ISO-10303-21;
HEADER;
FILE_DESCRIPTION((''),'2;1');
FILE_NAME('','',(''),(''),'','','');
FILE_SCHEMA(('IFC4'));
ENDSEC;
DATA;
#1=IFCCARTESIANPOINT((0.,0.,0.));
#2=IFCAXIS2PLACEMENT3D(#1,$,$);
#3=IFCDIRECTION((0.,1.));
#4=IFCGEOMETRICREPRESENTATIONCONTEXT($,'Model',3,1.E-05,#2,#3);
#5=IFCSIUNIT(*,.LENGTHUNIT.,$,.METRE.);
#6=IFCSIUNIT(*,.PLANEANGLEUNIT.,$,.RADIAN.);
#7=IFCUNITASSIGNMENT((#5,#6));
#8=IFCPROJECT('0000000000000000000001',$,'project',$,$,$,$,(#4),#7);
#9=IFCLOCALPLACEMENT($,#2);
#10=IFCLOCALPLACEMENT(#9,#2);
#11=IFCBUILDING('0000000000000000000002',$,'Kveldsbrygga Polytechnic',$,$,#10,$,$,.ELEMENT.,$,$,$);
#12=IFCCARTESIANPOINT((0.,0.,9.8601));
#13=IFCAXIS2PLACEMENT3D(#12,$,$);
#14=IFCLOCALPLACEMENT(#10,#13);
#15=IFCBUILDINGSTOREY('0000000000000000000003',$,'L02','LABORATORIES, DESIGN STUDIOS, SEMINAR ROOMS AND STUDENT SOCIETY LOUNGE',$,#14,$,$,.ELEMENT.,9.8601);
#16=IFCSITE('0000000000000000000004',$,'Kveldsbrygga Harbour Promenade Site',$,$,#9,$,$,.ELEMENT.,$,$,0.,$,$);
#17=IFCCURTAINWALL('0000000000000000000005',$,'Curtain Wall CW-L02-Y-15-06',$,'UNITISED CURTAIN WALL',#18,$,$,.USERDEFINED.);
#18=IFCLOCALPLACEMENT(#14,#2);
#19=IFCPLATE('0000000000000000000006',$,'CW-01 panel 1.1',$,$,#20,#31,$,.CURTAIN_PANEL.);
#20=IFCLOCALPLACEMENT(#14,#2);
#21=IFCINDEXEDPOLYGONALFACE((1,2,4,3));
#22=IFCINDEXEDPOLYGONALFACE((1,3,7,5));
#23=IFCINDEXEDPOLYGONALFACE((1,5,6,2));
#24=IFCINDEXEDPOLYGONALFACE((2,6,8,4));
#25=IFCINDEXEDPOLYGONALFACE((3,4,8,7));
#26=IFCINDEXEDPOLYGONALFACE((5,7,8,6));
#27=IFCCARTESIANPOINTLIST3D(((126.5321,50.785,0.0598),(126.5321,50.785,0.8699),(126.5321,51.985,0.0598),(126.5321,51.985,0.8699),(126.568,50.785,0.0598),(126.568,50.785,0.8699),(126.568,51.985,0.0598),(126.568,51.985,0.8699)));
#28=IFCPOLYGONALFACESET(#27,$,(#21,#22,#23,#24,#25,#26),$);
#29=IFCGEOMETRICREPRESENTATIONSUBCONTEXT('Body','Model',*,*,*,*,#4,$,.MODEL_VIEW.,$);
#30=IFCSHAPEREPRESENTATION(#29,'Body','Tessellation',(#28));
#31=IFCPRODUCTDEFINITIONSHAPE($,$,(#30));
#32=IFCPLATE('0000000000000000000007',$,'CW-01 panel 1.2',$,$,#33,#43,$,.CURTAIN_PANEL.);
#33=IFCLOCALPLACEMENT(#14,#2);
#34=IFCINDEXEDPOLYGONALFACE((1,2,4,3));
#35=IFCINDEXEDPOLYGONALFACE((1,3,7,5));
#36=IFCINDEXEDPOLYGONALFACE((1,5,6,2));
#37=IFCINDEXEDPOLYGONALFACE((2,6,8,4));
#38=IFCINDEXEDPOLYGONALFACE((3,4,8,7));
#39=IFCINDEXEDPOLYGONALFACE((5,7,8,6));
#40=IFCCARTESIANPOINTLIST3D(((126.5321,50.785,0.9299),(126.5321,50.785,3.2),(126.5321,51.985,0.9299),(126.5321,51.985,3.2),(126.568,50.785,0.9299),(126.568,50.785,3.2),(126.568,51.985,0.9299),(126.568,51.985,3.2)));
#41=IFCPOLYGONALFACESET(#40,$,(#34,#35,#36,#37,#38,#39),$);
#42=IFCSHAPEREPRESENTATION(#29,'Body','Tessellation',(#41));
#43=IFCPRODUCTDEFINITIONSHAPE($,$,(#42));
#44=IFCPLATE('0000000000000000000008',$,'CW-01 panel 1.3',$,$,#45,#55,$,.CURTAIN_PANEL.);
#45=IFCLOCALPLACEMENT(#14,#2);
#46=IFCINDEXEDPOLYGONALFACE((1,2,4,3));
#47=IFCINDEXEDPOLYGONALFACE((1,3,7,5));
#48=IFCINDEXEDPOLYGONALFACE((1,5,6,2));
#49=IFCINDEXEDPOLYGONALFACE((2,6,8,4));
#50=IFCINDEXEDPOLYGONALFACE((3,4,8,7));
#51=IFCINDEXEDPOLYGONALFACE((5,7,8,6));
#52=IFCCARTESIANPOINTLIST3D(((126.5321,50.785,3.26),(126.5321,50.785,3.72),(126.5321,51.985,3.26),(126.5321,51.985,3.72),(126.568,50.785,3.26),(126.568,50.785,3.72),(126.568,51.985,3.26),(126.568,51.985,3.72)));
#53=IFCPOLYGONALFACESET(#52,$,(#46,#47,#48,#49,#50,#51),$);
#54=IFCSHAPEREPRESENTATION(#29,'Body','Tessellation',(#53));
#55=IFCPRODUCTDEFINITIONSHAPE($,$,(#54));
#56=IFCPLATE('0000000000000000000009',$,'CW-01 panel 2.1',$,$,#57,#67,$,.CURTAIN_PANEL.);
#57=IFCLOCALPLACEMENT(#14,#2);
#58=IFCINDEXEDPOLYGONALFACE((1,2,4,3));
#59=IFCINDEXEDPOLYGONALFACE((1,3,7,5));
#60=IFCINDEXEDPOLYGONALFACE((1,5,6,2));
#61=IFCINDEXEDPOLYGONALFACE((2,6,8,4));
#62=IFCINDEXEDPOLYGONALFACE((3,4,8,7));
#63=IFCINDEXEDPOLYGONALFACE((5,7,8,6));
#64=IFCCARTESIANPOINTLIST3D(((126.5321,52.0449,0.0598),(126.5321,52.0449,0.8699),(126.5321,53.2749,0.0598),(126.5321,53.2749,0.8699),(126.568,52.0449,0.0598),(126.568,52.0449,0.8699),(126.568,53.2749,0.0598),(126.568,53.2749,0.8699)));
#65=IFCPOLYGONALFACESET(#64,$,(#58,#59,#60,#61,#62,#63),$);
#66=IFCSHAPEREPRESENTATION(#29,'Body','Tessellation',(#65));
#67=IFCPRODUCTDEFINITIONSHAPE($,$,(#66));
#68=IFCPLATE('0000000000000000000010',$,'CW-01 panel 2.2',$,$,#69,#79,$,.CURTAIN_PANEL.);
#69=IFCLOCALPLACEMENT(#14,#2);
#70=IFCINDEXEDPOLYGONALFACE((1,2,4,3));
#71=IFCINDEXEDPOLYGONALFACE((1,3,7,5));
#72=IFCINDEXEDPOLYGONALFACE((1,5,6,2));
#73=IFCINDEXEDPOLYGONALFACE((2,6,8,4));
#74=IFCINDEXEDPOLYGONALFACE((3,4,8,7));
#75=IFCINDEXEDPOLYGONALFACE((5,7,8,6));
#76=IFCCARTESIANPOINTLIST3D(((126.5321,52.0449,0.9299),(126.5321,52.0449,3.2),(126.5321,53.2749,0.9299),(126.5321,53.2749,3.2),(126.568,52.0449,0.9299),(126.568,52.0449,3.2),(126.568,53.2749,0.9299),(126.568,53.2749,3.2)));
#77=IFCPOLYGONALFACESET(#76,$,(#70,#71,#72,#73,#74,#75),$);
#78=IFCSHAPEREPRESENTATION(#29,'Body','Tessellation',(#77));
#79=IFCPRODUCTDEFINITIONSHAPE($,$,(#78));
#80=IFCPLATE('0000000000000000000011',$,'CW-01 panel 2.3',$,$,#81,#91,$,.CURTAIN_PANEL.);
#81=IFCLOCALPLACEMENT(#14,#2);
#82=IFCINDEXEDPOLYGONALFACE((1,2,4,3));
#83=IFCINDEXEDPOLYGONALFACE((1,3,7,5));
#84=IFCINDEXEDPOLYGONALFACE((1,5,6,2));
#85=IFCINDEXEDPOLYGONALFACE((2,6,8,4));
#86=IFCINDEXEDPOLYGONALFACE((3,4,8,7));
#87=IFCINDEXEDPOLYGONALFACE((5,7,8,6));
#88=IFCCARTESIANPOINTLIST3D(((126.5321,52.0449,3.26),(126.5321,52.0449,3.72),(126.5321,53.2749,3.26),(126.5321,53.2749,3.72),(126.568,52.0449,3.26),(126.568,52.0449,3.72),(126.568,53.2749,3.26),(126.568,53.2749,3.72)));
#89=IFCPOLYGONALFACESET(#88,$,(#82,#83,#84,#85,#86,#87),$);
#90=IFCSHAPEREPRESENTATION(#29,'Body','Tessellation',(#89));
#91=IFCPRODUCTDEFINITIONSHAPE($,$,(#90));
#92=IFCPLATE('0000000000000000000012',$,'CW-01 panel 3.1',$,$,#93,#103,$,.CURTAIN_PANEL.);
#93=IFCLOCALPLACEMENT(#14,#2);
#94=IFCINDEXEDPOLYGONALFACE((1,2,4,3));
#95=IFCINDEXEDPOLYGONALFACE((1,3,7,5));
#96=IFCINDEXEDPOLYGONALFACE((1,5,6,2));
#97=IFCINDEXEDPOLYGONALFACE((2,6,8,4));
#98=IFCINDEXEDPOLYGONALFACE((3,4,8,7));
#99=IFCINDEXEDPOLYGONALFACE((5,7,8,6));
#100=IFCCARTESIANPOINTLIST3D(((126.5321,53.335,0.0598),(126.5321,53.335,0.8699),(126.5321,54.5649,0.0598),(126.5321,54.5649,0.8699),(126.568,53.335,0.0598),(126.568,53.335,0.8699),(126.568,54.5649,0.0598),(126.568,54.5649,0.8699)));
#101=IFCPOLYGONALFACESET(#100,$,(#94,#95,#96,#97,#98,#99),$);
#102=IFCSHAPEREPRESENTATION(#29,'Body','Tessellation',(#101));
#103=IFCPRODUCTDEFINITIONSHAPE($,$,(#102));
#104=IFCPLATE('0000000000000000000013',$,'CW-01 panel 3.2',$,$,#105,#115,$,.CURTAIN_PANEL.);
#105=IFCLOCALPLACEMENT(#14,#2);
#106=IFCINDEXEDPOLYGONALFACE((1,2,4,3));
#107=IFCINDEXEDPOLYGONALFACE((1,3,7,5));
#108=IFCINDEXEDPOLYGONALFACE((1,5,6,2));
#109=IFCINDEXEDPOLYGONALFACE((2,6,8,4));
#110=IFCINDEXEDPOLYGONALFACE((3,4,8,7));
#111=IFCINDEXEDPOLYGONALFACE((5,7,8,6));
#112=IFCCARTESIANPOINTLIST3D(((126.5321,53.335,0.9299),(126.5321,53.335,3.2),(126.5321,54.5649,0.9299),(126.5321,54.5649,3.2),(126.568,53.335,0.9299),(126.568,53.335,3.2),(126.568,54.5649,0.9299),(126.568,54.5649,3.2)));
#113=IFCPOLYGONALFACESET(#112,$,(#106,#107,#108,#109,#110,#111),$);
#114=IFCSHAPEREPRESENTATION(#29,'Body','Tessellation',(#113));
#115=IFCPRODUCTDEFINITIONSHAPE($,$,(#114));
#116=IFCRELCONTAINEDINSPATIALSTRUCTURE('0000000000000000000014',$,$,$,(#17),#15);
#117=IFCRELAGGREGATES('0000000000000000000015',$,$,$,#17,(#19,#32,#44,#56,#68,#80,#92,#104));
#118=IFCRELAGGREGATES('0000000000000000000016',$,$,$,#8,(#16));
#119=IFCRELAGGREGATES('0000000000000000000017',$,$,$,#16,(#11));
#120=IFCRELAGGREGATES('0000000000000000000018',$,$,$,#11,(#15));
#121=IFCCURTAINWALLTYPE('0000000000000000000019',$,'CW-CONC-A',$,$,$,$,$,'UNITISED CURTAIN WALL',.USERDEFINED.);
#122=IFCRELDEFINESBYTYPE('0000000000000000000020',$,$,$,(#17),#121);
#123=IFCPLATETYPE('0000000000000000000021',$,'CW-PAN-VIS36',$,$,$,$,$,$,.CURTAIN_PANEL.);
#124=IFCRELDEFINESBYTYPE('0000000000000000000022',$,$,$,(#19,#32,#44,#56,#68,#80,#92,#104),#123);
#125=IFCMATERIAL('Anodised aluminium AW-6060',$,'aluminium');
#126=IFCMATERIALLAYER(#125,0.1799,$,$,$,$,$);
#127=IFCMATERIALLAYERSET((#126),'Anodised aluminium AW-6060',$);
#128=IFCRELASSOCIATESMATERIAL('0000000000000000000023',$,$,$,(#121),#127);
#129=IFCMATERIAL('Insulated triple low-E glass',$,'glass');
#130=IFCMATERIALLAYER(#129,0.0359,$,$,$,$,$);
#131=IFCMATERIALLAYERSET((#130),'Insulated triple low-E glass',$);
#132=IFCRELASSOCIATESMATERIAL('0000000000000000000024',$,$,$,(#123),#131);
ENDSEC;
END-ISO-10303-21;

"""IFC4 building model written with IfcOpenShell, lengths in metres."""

from ifc_helpers import new_model, si_unit, direction, frame, origin, origin_2d, place, context, subcontext, project, spatial, rectangle, extrude, material, layer, layer_set, type_object, element, aggregate, save


model = new_model("IFC4")

# Units and contexts
model_context = context("Model", 3, precision=1e-05, world=origin(), true_north=direction((0.0, 1.0)))
body_context = subcontext(model_context, "Body", "Model", "MODEL_VIEW")
ifc_project = project(units=[si_unit("LENGTHUNIT", "METRE"), si_unit("PLANEANGLEUNIT", "RADIAN")], contexts=[model_context])

# Site, building, storey
site_placement = place(None, origin())
site = spatial("IfcSite", under=ifc_project, at=site_placement, Name="Kveldsbrygga Harbour Promenade Site", CompositionType="ELEMENT", RefElevation=0.0)
building_placement = place(site_placement, origin())
building = spatial("IfcBuilding", under=site, at=building_placement, Name="Kveldsbrygga Polytechnic", CompositionType="ELEMENT")
storey_placement = place(building_placement, frame((0.0, 0.0, 9.8601)))
storey = spatial("IfcBuildingStorey", under=building, at=storey_placement, Name="L02", Description="LABORATORIES, DESIGN STUDIOS, SEMINAR ROOMS AND STUDENT SOCIETY LOUNGE", CompositionType="ELEMENT", Elevation=9.8601)

# Curtain wall, plates
ifc_material_1 = material(Name="Anodised aluminium AW-6060", Category="aluminium")
ifc_layer_1 = layer(ifc_material_1, 0.1799)
ifc_layer_set_1 = layer_set([ifc_layer_1], Name="Anodised aluminium AW-6060")
curtain_wall_type = type_object("IfcCurtainWallType", Name="CW-CONC-A", ElementType="UNITISED CURTAIN WALL", PredefinedType="USERDEFINED", material=ifc_layer_set_1)
curtain_wall_placement = place(storey_placement, origin())
curtain_wall = element("IfcCurtainWall", 1, at=curtain_wall_placement, inside=storey, type_object=curtain_wall_type, Name="Curtain Wall CW-L02-Y-15-06", ObjectType="UNITISED CURTAIN WALL", PredefinedType="USERDEFINED")
ifc_material_2 = material(Name="Insulated triple low-E glass", Category="glass")
ifc_layer_2 = layer(ifc_material_2, 0.0359)
ifc_layer_set_2 = layer_set([ifc_layer_2], Name="Insulated triple low-E glass")
plate_type = type_object("IfcPlateType", Name="CW-PAN-VIS36", PredefinedType="CURTAIN_PANEL", material=ifc_layer_set_2)
plate_1_placement = place(storey_placement, frame((126.55, 51.385, 0.0598), z_axis=(0.0, 0.0, 1.0), x_axis=(0.0, 1.0, 0.0)))
plate_1 = element("IfcPlate", 2, at=plate_1_placement, type_object=plate_type, Name="CW-01 panel 1.1", PredefinedType="CURTAIN_PANEL", context=body_context, shape_type="SweptSolid", body=[
    extrude(rectangle(XDim=1.2, YDim=0.0359, at=origin_2d()), origin(), (0.0, 0.0, 1.0), 0.8101),
])
plate_2_placement = place(storey_placement, frame((126.55, 51.385, 0.9299), z_axis=(0.0, 0.0, 1.0), x_axis=(0.0, 1.0, 0.0)))
plate_2 = element("IfcPlate", 3, at=plate_2_placement, type_object=plate_type, Name="CW-01 panel 1.2", PredefinedType="CURTAIN_PANEL", context=body_context, shape_type="SweptSolid", body=[
    extrude(rectangle(XDim=1.2, YDim=0.0359, at=origin_2d()), origin(), (0.0, 0.0, 1.0), 2.27),
])
plate_3_placement = place(storey_placement, frame((126.55, 51.385, 3.26), z_axis=(0.0, 0.0, 1.0), x_axis=(0.0, 1.0, 0.0)))
plate_3 = element("IfcPlate", 4, at=plate_3_placement, type_object=plate_type, Name="CW-01 panel 1.3", PredefinedType="CURTAIN_PANEL", context=body_context, shape_type="SweptSolid", body=[
    extrude(rectangle(XDim=1.2, YDim=0.0359, at=origin_2d()), origin(), (0.0, 0.0, 1.0), 0.46),
])
plate_4_placement = place(storey_placement, frame((126.55, 52.6599, 0.0598), z_axis=(0.0, 0.0, 1.0), x_axis=(0.0, 1.0, 0.0)))
plate_4 = element("IfcPlate", 5, at=plate_4_placement, type_object=plate_type, Name="CW-01 panel 2.1", PredefinedType="CURTAIN_PANEL", context=body_context, shape_type="SweptSolid", body=[
    extrude(rectangle(XDim=1.23, YDim=0.0359, at=origin_2d()), origin(), (0.0, 0.0, 1.0), 0.8101),
])
plate_5_placement = place(storey_placement, frame((126.55, 52.6599, 0.9299), z_axis=(0.0, 0.0, 1.0), x_axis=(0.0, 1.0, 0.0)))
plate_5 = element("IfcPlate", 6, at=plate_5_placement, type_object=plate_type, Name="CW-01 panel 2.2", PredefinedType="CURTAIN_PANEL", context=body_context, shape_type="SweptSolid", body=[
    extrude(rectangle(XDim=1.23, YDim=0.0359, at=origin_2d()), origin(), (0.0, 0.0, 1.0), 2.27),
])
plate_6_placement = place(storey_placement, frame((126.55, 52.6599, 3.26), z_axis=(0.0, 0.0, 1.0), x_axis=(0.0, 1.0, 0.0)))
plate_6 = element("IfcPlate", 7, at=plate_6_placement, type_object=plate_type, Name="CW-01 panel 2.3", PredefinedType="CURTAIN_PANEL", context=body_context, shape_type="SweptSolid", body=[
    extrude(rectangle(XDim=1.23, YDim=0.0359, at=origin_2d()), origin(), (0.0, 0.0, 1.0), 0.46),
])
plate_7_placement = place(storey_placement, frame((126.55, 53.95, 0.0598), z_axis=(0.0, 0.0, 1.0), x_axis=(0.0, 1.0, 0.0)))
plate_7 = element("IfcPlate", 8, at=plate_7_placement, type_object=plate_type, Name="CW-01 panel 3.1", PredefinedType="CURTAIN_PANEL", context=body_context, shape_type="SweptSolid", body=[
    extrude(rectangle(XDim=1.23, YDim=0.0359, at=origin_2d()), origin(), (0.0, 0.0, 1.0), 0.8101),
])
plate_8_placement = place(storey_placement, frame((126.55, 53.95, 0.9299), z_axis=(0.0, 0.0, 1.0), x_axis=(0.0, 1.0, 0.0)))
plate_8 = element("IfcPlate", 9, at=plate_8_placement, type_object=plate_type, Name="CW-01 panel 3.2", PredefinedType="CURTAIN_PANEL", context=body_context, shape_type="SweptSolid", body=[
    extrude(rectangle(XDim=1.23, YDim=0.0359, at=origin_2d()), origin(), (0.0, 0.0, 1.0), 2.27),
])
aggregate(curtain_wall, [plate_1, plate_2, plate_3, plate_4, plate_5, plate_6, plate_7, plate_8])

save(model, "model.ifc")
